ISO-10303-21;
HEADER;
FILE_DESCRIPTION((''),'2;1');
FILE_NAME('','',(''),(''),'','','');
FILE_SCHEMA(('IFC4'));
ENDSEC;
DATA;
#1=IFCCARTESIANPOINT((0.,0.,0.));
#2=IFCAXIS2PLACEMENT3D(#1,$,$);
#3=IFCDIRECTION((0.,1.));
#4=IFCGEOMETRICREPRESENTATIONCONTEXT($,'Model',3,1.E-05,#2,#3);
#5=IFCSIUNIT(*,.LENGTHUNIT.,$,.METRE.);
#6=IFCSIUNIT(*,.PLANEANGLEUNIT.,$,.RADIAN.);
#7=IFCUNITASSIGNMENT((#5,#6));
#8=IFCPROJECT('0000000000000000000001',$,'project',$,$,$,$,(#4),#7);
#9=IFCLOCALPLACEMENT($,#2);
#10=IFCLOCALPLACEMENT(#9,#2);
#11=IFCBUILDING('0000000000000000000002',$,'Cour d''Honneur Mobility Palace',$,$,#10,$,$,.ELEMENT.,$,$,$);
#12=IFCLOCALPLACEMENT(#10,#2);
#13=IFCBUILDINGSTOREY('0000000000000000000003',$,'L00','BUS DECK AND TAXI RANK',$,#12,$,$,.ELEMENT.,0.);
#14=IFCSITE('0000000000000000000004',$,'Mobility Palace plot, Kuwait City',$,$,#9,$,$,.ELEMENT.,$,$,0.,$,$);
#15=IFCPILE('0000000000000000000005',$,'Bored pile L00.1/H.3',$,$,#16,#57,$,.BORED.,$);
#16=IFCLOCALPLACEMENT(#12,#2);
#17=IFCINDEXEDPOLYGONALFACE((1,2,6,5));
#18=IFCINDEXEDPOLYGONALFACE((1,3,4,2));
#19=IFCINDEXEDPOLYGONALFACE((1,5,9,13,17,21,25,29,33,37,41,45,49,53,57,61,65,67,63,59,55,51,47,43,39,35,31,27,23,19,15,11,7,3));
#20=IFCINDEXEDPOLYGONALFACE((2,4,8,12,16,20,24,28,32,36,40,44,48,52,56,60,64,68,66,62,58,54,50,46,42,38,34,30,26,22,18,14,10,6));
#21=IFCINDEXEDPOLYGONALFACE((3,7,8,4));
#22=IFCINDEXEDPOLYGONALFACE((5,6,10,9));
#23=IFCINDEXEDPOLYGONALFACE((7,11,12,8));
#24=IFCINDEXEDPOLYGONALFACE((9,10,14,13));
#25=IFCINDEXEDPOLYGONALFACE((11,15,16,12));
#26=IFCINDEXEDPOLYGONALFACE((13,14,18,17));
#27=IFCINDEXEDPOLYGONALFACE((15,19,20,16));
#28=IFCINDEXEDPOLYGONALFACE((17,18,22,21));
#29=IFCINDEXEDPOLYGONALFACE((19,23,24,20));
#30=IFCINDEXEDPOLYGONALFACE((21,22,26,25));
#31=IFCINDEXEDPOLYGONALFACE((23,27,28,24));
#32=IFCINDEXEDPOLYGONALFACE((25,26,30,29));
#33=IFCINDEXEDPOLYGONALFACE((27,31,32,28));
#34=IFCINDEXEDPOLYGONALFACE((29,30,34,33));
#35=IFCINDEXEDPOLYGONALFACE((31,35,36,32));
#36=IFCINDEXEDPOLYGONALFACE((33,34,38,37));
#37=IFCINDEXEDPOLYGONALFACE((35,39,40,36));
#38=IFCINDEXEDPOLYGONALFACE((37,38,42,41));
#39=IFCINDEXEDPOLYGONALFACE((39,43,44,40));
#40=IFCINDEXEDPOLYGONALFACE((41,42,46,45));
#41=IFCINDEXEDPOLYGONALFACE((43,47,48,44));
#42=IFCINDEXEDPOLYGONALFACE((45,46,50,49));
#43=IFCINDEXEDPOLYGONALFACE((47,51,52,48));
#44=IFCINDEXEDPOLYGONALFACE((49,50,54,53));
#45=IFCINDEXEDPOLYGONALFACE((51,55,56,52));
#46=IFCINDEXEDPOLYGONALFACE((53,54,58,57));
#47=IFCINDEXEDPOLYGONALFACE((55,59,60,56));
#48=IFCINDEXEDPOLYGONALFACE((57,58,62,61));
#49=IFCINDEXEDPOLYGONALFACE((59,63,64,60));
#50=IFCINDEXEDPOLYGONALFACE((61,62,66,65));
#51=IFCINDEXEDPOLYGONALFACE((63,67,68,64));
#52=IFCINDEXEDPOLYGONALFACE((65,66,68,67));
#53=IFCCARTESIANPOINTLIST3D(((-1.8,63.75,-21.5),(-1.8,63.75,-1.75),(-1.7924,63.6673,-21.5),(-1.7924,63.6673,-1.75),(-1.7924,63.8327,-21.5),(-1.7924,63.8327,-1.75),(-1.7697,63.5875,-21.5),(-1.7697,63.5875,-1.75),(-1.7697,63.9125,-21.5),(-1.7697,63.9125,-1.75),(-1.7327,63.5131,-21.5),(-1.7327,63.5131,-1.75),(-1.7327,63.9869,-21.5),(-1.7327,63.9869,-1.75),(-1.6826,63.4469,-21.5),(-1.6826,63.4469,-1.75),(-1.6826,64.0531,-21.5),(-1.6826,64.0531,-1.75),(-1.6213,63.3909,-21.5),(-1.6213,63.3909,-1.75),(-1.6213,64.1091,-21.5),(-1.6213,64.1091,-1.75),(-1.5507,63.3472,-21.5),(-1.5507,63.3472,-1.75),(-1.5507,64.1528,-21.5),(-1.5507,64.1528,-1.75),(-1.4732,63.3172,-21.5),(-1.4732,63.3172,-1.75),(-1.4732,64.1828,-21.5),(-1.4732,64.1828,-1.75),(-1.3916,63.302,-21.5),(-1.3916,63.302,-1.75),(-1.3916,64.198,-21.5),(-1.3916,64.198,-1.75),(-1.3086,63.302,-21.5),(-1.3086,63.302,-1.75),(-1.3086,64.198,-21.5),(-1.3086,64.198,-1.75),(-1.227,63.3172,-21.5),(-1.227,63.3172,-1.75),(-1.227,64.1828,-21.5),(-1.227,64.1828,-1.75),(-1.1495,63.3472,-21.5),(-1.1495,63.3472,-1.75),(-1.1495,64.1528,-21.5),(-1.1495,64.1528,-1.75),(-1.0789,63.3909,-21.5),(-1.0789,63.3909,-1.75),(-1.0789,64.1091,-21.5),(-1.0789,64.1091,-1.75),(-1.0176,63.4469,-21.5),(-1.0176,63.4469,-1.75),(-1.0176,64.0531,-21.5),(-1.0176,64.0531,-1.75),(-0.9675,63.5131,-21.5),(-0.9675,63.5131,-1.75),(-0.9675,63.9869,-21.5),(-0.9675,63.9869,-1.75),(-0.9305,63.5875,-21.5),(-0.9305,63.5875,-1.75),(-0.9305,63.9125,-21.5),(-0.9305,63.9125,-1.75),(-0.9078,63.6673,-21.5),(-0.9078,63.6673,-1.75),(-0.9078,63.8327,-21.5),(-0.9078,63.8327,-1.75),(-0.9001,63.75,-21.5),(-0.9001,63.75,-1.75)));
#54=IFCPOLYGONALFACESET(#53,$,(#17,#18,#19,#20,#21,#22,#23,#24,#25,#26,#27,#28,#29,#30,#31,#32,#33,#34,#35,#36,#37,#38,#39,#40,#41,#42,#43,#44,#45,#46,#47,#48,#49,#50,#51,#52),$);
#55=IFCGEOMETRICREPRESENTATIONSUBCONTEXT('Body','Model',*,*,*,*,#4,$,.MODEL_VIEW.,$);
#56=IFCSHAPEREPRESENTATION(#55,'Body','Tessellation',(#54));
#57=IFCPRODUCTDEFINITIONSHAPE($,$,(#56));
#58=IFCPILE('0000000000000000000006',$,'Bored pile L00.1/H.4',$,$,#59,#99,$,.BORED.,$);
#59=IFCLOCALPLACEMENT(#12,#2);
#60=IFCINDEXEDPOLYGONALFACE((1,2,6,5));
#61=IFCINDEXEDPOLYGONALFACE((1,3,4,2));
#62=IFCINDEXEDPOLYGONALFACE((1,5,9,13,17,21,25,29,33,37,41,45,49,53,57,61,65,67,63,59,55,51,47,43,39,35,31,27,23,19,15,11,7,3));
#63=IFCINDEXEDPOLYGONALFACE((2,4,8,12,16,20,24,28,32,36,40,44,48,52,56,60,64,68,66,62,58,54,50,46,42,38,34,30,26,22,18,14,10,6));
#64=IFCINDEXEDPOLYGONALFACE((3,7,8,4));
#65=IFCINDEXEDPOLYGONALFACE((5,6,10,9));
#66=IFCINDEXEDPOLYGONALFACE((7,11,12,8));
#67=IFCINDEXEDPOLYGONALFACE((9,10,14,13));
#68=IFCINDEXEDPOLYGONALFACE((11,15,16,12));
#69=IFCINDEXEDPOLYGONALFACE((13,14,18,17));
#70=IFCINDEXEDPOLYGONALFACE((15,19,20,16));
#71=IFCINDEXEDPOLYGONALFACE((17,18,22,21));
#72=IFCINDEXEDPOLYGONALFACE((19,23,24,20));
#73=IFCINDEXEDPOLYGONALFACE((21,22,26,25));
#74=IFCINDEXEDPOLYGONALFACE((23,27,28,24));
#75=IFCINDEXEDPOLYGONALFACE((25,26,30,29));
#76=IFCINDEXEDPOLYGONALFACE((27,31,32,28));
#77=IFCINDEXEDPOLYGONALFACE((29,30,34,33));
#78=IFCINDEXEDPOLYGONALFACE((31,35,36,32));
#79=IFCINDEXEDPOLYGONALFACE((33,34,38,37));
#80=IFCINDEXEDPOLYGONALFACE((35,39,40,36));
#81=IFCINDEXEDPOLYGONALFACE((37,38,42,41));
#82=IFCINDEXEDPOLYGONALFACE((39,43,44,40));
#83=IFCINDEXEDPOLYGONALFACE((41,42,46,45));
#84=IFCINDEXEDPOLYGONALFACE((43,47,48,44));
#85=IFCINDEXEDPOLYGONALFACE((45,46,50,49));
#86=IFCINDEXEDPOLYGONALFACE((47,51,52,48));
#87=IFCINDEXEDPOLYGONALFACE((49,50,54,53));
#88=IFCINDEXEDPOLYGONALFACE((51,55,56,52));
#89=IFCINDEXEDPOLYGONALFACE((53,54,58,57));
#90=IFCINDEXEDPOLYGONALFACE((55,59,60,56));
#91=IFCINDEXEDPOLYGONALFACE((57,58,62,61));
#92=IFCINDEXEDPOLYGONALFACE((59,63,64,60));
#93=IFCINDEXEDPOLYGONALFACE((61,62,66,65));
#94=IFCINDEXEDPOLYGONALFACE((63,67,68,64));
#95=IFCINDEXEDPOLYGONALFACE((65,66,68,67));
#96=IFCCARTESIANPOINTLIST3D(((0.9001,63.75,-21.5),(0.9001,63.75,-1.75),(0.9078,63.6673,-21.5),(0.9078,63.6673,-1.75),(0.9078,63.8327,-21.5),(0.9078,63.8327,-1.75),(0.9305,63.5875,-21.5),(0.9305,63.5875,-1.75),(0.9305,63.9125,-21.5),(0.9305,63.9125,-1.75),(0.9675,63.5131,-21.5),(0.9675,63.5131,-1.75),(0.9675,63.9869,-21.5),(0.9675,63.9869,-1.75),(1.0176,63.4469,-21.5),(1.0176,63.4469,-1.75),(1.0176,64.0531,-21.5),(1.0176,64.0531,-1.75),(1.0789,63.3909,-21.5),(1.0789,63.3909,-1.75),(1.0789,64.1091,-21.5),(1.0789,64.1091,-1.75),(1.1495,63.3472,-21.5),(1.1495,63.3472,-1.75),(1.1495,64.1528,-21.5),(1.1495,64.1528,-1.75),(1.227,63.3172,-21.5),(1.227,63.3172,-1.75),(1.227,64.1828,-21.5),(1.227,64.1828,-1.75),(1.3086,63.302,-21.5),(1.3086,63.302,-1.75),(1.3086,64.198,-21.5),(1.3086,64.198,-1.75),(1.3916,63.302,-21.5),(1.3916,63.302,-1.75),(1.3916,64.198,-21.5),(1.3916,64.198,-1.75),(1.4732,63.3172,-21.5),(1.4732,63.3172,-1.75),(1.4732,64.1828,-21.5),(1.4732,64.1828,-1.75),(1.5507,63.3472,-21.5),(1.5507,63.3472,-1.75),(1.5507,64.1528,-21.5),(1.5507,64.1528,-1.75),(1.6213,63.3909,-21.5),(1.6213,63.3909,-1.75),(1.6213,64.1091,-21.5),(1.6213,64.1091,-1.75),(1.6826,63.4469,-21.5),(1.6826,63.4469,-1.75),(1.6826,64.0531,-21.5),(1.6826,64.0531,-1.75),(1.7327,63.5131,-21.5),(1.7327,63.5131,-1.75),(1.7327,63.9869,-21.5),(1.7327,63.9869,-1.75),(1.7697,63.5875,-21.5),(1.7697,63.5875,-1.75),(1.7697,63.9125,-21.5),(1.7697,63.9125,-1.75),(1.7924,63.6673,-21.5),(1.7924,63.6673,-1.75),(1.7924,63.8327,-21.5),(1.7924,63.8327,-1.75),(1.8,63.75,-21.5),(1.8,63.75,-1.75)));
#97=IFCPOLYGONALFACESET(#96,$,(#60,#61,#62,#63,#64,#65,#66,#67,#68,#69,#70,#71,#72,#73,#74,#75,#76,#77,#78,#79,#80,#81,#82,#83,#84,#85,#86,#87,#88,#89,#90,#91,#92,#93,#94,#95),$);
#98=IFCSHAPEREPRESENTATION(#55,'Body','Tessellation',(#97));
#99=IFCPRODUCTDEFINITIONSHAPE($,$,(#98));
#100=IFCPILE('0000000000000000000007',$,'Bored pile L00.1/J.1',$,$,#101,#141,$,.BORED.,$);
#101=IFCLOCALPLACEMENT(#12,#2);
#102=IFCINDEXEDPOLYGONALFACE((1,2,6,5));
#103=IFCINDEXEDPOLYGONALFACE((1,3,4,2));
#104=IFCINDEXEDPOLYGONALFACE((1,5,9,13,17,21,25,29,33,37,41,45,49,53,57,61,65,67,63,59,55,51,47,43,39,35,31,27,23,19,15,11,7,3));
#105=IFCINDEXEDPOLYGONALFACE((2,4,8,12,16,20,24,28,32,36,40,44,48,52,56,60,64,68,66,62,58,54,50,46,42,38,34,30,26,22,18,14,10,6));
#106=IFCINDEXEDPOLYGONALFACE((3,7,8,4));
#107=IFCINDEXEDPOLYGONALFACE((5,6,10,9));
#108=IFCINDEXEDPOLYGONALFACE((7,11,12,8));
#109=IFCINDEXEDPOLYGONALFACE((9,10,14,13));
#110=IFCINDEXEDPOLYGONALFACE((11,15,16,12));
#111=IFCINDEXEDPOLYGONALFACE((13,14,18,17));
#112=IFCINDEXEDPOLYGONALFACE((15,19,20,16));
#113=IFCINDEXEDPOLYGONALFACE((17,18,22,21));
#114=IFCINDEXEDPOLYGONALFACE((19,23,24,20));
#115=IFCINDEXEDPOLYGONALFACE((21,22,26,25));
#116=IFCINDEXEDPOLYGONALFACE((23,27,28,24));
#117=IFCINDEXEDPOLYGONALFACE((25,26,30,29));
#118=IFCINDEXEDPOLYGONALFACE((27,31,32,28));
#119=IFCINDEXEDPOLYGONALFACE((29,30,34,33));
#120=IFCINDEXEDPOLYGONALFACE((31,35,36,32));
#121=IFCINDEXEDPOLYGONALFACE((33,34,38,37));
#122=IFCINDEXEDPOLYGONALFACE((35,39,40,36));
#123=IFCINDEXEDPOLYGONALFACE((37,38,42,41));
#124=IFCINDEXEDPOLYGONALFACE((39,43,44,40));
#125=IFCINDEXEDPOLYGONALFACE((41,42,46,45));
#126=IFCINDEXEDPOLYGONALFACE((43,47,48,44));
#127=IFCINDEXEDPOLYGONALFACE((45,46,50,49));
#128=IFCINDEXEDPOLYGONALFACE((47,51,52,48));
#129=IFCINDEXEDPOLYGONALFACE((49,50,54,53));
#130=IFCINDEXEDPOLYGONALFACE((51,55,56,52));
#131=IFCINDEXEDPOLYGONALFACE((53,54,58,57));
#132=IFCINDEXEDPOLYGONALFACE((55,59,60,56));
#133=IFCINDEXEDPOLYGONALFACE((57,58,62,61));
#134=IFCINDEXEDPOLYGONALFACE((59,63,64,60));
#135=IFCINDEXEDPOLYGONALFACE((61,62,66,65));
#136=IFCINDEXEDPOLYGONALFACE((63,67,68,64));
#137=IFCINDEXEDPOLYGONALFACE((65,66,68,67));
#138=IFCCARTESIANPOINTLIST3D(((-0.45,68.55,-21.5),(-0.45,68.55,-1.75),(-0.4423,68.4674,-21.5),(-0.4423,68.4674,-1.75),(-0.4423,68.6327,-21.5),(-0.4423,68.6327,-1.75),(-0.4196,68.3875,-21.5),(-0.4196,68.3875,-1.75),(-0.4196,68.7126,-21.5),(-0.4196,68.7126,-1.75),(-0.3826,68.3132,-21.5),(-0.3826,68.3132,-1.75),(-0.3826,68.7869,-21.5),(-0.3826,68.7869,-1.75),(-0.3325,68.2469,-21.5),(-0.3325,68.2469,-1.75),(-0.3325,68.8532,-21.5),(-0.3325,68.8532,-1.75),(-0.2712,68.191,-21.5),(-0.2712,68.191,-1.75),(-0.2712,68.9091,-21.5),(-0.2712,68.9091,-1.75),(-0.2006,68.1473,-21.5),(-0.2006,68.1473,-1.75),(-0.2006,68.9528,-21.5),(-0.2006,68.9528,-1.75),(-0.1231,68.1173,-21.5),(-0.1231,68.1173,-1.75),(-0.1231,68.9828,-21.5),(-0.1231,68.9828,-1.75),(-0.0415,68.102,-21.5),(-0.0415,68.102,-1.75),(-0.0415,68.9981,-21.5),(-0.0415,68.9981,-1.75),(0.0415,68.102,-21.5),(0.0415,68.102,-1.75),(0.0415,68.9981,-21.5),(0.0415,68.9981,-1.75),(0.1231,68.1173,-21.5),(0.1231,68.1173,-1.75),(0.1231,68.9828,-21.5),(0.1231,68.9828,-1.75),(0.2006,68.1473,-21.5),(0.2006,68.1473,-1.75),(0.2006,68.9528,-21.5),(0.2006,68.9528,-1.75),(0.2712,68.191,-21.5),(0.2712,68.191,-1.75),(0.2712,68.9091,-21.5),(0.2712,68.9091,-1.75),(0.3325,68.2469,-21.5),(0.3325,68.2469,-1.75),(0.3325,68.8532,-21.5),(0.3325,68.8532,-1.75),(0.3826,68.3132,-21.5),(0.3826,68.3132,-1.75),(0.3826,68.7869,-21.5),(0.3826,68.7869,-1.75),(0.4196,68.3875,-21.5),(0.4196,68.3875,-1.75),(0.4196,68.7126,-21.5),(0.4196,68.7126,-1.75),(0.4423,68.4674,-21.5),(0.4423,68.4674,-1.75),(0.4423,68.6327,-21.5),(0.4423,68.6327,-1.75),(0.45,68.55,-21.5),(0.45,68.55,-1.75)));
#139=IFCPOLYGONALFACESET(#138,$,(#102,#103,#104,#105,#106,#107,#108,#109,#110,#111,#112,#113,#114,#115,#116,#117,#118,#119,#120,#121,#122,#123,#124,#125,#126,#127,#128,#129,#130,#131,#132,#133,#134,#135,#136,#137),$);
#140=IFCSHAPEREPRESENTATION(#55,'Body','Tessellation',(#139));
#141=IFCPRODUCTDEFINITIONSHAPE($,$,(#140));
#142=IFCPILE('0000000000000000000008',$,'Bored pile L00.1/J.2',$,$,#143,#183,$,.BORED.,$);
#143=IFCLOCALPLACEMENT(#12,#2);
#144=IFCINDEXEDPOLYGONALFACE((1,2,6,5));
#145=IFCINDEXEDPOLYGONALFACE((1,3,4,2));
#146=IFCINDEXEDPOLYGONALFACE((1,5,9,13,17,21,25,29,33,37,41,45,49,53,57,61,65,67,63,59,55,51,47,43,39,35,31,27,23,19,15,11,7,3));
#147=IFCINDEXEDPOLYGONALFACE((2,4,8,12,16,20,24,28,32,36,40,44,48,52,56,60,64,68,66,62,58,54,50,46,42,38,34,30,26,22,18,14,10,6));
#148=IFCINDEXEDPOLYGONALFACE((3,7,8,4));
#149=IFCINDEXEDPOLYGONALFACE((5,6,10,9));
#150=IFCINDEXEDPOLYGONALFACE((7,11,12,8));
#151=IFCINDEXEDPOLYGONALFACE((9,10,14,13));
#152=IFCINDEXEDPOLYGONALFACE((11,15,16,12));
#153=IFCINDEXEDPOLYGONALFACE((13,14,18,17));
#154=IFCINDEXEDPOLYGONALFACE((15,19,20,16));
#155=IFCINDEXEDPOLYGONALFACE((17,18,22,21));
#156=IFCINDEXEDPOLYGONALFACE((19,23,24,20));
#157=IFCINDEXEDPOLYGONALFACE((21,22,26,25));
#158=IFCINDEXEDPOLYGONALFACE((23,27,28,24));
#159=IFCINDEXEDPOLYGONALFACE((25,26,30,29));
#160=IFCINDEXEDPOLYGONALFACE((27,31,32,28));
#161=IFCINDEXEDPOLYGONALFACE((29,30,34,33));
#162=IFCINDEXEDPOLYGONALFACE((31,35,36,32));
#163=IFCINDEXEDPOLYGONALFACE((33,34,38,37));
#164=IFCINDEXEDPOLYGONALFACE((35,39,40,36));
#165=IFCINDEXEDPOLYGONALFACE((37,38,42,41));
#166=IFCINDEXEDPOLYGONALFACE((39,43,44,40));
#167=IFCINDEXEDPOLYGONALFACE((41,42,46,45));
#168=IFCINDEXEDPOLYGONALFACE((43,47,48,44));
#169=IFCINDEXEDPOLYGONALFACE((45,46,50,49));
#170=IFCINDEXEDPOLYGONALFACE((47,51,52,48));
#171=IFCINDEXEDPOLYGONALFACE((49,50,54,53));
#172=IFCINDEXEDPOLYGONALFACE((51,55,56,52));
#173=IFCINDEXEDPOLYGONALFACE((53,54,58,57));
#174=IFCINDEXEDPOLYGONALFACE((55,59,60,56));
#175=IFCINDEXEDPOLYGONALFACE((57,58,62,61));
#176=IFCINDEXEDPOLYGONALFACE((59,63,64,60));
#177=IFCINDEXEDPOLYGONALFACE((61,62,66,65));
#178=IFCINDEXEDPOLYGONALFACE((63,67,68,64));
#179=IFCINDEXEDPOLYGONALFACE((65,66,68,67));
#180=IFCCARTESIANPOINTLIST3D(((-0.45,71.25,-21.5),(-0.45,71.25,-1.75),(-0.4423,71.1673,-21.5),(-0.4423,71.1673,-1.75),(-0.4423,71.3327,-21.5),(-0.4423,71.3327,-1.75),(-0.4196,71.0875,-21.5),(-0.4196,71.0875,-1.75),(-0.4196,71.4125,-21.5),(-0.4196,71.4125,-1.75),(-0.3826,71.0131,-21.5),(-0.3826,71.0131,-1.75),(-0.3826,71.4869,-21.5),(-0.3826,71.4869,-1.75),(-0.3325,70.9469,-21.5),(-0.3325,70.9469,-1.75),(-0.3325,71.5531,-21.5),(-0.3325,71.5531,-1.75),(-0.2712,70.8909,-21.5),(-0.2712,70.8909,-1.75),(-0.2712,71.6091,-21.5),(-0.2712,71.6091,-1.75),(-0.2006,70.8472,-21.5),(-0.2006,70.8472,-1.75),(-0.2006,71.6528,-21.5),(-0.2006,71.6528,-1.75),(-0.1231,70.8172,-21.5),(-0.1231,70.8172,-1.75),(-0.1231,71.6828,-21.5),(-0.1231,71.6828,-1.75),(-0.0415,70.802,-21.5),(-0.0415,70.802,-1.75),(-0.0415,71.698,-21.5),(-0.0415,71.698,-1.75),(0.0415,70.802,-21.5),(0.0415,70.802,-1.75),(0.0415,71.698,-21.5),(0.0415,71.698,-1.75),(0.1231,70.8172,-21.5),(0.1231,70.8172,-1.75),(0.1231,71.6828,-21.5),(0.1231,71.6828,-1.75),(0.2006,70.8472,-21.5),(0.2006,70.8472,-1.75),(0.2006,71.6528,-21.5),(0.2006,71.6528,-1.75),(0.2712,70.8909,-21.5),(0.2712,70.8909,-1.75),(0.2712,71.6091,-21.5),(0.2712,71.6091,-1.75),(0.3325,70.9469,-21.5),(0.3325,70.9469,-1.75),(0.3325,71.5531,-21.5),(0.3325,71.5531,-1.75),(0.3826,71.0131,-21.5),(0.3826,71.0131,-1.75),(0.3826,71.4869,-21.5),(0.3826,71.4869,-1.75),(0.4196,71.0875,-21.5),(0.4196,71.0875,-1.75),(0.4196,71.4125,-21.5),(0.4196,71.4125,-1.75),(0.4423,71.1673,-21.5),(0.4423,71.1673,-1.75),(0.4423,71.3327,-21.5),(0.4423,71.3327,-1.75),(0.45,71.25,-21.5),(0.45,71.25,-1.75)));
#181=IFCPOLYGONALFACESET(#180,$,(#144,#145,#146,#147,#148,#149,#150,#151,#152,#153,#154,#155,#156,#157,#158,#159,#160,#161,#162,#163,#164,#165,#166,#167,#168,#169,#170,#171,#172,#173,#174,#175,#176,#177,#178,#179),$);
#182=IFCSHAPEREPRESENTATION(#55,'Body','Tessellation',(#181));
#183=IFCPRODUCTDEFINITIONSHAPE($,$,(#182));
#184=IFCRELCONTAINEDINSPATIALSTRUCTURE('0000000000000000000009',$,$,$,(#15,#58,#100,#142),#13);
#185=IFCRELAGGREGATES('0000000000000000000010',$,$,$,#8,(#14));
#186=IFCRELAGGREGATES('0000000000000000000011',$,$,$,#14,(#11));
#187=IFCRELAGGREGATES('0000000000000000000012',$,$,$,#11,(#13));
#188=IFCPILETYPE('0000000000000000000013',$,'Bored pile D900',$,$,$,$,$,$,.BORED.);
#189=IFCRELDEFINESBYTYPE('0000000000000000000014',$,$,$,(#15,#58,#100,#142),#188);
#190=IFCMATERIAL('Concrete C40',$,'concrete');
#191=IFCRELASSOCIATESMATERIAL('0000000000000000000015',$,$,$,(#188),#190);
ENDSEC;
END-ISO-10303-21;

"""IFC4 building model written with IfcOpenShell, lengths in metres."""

from ifc_helpers import new_model, si_unit, direction, frame, origin, origin_2d, place, context, subcontext, project, spatial, circle, extrude, material, material_profile, profile_set, type_object, element, save


model = new_model("IFC4")

# Units and contexts
model_context = context("Model", 3, precision=1e-05, world=origin(), true_north=direction((0.0, 1.0)))
body_context = subcontext(model_context, "Body", "Model", "MODEL_VIEW")
ifc_project = project(units=[si_unit("LENGTHUNIT", "METRE"), si_unit("PLANEANGLEUNIT", "RADIAN")], contexts=[model_context])

# Site, building, storey
site_placement = place(None, origin())
site = spatial("IfcSite", under=ifc_project, at=site_placement, Name="Mobility Palace plot, Kuwait City", CompositionType="ELEMENT", RefElevation=0.0)
building_placement = place(site_placement, origin())
building = spatial("IfcBuilding", under=site, at=building_placement, Name="Cour d'Honneur Mobility Palace", CompositionType="ELEMENT")
storey_placement = place(building_placement, origin())
storey = spatial("IfcBuildingStorey", under=building, at=storey_placement, Name="L00", Description="BUS DECK AND TAXI RANK", CompositionType="ELEMENT", Elevation=0.0)

# Piles
ifc_material_1 = material(Name="Concrete C40", Category="concrete")
ifc_material_profile_1 = material_profile(ifc_material_1, circle(Radius=0.45, at=origin_2d()), Name="Bored pile D900")
ifc_profile_set_1 = profile_set([ifc_material_profile_1], Name="Concrete C40")
pile_type = type_object("IfcPileType", Name="Bored pile D900", PredefinedType="BORED", material=ifc_profile_set_1)
for number, where, z_axis, x_axis, name in (
    (1, (-1.3501, 63.75, -1.75), (0.0, 0.0, -1.0), (1.0, 0.0, 0.0), "Bored pile L00.1/H.3"),
    (2, (1.3501, 63.75, -1.75), (0.0, 0.0, -1.0), (1.0, 0.0, 0.0), "Bored pile L00.1/H.4"),
    (3, (0.0, 68.55, -1.75), (0.0, 0.0, -1.0), (1.0, 0.0, 0.0), "Bored pile L00.1/J.1"),
    (4, (0.0, 71.25, -1.75), (0.0, 0.0, -1.0), (1.0, 0.0, 0.0), "Bored pile L00.1/J.2"),
):
    element("IfcPile", number, at=place(storey_placement, frame(where, z_axis=z_axis, x_axis=x_axis)), inside=storey, type_object=pile_type, Name=name, PredefinedType="BORED", context=body_context, shape_type="SweptSolid", body=[
        extrude(circle(Radius=0.45, at=origin_2d()), origin(), (0.0, 0.0, 1.0), 19.75),
    ])

save(model, "model.ifc")
